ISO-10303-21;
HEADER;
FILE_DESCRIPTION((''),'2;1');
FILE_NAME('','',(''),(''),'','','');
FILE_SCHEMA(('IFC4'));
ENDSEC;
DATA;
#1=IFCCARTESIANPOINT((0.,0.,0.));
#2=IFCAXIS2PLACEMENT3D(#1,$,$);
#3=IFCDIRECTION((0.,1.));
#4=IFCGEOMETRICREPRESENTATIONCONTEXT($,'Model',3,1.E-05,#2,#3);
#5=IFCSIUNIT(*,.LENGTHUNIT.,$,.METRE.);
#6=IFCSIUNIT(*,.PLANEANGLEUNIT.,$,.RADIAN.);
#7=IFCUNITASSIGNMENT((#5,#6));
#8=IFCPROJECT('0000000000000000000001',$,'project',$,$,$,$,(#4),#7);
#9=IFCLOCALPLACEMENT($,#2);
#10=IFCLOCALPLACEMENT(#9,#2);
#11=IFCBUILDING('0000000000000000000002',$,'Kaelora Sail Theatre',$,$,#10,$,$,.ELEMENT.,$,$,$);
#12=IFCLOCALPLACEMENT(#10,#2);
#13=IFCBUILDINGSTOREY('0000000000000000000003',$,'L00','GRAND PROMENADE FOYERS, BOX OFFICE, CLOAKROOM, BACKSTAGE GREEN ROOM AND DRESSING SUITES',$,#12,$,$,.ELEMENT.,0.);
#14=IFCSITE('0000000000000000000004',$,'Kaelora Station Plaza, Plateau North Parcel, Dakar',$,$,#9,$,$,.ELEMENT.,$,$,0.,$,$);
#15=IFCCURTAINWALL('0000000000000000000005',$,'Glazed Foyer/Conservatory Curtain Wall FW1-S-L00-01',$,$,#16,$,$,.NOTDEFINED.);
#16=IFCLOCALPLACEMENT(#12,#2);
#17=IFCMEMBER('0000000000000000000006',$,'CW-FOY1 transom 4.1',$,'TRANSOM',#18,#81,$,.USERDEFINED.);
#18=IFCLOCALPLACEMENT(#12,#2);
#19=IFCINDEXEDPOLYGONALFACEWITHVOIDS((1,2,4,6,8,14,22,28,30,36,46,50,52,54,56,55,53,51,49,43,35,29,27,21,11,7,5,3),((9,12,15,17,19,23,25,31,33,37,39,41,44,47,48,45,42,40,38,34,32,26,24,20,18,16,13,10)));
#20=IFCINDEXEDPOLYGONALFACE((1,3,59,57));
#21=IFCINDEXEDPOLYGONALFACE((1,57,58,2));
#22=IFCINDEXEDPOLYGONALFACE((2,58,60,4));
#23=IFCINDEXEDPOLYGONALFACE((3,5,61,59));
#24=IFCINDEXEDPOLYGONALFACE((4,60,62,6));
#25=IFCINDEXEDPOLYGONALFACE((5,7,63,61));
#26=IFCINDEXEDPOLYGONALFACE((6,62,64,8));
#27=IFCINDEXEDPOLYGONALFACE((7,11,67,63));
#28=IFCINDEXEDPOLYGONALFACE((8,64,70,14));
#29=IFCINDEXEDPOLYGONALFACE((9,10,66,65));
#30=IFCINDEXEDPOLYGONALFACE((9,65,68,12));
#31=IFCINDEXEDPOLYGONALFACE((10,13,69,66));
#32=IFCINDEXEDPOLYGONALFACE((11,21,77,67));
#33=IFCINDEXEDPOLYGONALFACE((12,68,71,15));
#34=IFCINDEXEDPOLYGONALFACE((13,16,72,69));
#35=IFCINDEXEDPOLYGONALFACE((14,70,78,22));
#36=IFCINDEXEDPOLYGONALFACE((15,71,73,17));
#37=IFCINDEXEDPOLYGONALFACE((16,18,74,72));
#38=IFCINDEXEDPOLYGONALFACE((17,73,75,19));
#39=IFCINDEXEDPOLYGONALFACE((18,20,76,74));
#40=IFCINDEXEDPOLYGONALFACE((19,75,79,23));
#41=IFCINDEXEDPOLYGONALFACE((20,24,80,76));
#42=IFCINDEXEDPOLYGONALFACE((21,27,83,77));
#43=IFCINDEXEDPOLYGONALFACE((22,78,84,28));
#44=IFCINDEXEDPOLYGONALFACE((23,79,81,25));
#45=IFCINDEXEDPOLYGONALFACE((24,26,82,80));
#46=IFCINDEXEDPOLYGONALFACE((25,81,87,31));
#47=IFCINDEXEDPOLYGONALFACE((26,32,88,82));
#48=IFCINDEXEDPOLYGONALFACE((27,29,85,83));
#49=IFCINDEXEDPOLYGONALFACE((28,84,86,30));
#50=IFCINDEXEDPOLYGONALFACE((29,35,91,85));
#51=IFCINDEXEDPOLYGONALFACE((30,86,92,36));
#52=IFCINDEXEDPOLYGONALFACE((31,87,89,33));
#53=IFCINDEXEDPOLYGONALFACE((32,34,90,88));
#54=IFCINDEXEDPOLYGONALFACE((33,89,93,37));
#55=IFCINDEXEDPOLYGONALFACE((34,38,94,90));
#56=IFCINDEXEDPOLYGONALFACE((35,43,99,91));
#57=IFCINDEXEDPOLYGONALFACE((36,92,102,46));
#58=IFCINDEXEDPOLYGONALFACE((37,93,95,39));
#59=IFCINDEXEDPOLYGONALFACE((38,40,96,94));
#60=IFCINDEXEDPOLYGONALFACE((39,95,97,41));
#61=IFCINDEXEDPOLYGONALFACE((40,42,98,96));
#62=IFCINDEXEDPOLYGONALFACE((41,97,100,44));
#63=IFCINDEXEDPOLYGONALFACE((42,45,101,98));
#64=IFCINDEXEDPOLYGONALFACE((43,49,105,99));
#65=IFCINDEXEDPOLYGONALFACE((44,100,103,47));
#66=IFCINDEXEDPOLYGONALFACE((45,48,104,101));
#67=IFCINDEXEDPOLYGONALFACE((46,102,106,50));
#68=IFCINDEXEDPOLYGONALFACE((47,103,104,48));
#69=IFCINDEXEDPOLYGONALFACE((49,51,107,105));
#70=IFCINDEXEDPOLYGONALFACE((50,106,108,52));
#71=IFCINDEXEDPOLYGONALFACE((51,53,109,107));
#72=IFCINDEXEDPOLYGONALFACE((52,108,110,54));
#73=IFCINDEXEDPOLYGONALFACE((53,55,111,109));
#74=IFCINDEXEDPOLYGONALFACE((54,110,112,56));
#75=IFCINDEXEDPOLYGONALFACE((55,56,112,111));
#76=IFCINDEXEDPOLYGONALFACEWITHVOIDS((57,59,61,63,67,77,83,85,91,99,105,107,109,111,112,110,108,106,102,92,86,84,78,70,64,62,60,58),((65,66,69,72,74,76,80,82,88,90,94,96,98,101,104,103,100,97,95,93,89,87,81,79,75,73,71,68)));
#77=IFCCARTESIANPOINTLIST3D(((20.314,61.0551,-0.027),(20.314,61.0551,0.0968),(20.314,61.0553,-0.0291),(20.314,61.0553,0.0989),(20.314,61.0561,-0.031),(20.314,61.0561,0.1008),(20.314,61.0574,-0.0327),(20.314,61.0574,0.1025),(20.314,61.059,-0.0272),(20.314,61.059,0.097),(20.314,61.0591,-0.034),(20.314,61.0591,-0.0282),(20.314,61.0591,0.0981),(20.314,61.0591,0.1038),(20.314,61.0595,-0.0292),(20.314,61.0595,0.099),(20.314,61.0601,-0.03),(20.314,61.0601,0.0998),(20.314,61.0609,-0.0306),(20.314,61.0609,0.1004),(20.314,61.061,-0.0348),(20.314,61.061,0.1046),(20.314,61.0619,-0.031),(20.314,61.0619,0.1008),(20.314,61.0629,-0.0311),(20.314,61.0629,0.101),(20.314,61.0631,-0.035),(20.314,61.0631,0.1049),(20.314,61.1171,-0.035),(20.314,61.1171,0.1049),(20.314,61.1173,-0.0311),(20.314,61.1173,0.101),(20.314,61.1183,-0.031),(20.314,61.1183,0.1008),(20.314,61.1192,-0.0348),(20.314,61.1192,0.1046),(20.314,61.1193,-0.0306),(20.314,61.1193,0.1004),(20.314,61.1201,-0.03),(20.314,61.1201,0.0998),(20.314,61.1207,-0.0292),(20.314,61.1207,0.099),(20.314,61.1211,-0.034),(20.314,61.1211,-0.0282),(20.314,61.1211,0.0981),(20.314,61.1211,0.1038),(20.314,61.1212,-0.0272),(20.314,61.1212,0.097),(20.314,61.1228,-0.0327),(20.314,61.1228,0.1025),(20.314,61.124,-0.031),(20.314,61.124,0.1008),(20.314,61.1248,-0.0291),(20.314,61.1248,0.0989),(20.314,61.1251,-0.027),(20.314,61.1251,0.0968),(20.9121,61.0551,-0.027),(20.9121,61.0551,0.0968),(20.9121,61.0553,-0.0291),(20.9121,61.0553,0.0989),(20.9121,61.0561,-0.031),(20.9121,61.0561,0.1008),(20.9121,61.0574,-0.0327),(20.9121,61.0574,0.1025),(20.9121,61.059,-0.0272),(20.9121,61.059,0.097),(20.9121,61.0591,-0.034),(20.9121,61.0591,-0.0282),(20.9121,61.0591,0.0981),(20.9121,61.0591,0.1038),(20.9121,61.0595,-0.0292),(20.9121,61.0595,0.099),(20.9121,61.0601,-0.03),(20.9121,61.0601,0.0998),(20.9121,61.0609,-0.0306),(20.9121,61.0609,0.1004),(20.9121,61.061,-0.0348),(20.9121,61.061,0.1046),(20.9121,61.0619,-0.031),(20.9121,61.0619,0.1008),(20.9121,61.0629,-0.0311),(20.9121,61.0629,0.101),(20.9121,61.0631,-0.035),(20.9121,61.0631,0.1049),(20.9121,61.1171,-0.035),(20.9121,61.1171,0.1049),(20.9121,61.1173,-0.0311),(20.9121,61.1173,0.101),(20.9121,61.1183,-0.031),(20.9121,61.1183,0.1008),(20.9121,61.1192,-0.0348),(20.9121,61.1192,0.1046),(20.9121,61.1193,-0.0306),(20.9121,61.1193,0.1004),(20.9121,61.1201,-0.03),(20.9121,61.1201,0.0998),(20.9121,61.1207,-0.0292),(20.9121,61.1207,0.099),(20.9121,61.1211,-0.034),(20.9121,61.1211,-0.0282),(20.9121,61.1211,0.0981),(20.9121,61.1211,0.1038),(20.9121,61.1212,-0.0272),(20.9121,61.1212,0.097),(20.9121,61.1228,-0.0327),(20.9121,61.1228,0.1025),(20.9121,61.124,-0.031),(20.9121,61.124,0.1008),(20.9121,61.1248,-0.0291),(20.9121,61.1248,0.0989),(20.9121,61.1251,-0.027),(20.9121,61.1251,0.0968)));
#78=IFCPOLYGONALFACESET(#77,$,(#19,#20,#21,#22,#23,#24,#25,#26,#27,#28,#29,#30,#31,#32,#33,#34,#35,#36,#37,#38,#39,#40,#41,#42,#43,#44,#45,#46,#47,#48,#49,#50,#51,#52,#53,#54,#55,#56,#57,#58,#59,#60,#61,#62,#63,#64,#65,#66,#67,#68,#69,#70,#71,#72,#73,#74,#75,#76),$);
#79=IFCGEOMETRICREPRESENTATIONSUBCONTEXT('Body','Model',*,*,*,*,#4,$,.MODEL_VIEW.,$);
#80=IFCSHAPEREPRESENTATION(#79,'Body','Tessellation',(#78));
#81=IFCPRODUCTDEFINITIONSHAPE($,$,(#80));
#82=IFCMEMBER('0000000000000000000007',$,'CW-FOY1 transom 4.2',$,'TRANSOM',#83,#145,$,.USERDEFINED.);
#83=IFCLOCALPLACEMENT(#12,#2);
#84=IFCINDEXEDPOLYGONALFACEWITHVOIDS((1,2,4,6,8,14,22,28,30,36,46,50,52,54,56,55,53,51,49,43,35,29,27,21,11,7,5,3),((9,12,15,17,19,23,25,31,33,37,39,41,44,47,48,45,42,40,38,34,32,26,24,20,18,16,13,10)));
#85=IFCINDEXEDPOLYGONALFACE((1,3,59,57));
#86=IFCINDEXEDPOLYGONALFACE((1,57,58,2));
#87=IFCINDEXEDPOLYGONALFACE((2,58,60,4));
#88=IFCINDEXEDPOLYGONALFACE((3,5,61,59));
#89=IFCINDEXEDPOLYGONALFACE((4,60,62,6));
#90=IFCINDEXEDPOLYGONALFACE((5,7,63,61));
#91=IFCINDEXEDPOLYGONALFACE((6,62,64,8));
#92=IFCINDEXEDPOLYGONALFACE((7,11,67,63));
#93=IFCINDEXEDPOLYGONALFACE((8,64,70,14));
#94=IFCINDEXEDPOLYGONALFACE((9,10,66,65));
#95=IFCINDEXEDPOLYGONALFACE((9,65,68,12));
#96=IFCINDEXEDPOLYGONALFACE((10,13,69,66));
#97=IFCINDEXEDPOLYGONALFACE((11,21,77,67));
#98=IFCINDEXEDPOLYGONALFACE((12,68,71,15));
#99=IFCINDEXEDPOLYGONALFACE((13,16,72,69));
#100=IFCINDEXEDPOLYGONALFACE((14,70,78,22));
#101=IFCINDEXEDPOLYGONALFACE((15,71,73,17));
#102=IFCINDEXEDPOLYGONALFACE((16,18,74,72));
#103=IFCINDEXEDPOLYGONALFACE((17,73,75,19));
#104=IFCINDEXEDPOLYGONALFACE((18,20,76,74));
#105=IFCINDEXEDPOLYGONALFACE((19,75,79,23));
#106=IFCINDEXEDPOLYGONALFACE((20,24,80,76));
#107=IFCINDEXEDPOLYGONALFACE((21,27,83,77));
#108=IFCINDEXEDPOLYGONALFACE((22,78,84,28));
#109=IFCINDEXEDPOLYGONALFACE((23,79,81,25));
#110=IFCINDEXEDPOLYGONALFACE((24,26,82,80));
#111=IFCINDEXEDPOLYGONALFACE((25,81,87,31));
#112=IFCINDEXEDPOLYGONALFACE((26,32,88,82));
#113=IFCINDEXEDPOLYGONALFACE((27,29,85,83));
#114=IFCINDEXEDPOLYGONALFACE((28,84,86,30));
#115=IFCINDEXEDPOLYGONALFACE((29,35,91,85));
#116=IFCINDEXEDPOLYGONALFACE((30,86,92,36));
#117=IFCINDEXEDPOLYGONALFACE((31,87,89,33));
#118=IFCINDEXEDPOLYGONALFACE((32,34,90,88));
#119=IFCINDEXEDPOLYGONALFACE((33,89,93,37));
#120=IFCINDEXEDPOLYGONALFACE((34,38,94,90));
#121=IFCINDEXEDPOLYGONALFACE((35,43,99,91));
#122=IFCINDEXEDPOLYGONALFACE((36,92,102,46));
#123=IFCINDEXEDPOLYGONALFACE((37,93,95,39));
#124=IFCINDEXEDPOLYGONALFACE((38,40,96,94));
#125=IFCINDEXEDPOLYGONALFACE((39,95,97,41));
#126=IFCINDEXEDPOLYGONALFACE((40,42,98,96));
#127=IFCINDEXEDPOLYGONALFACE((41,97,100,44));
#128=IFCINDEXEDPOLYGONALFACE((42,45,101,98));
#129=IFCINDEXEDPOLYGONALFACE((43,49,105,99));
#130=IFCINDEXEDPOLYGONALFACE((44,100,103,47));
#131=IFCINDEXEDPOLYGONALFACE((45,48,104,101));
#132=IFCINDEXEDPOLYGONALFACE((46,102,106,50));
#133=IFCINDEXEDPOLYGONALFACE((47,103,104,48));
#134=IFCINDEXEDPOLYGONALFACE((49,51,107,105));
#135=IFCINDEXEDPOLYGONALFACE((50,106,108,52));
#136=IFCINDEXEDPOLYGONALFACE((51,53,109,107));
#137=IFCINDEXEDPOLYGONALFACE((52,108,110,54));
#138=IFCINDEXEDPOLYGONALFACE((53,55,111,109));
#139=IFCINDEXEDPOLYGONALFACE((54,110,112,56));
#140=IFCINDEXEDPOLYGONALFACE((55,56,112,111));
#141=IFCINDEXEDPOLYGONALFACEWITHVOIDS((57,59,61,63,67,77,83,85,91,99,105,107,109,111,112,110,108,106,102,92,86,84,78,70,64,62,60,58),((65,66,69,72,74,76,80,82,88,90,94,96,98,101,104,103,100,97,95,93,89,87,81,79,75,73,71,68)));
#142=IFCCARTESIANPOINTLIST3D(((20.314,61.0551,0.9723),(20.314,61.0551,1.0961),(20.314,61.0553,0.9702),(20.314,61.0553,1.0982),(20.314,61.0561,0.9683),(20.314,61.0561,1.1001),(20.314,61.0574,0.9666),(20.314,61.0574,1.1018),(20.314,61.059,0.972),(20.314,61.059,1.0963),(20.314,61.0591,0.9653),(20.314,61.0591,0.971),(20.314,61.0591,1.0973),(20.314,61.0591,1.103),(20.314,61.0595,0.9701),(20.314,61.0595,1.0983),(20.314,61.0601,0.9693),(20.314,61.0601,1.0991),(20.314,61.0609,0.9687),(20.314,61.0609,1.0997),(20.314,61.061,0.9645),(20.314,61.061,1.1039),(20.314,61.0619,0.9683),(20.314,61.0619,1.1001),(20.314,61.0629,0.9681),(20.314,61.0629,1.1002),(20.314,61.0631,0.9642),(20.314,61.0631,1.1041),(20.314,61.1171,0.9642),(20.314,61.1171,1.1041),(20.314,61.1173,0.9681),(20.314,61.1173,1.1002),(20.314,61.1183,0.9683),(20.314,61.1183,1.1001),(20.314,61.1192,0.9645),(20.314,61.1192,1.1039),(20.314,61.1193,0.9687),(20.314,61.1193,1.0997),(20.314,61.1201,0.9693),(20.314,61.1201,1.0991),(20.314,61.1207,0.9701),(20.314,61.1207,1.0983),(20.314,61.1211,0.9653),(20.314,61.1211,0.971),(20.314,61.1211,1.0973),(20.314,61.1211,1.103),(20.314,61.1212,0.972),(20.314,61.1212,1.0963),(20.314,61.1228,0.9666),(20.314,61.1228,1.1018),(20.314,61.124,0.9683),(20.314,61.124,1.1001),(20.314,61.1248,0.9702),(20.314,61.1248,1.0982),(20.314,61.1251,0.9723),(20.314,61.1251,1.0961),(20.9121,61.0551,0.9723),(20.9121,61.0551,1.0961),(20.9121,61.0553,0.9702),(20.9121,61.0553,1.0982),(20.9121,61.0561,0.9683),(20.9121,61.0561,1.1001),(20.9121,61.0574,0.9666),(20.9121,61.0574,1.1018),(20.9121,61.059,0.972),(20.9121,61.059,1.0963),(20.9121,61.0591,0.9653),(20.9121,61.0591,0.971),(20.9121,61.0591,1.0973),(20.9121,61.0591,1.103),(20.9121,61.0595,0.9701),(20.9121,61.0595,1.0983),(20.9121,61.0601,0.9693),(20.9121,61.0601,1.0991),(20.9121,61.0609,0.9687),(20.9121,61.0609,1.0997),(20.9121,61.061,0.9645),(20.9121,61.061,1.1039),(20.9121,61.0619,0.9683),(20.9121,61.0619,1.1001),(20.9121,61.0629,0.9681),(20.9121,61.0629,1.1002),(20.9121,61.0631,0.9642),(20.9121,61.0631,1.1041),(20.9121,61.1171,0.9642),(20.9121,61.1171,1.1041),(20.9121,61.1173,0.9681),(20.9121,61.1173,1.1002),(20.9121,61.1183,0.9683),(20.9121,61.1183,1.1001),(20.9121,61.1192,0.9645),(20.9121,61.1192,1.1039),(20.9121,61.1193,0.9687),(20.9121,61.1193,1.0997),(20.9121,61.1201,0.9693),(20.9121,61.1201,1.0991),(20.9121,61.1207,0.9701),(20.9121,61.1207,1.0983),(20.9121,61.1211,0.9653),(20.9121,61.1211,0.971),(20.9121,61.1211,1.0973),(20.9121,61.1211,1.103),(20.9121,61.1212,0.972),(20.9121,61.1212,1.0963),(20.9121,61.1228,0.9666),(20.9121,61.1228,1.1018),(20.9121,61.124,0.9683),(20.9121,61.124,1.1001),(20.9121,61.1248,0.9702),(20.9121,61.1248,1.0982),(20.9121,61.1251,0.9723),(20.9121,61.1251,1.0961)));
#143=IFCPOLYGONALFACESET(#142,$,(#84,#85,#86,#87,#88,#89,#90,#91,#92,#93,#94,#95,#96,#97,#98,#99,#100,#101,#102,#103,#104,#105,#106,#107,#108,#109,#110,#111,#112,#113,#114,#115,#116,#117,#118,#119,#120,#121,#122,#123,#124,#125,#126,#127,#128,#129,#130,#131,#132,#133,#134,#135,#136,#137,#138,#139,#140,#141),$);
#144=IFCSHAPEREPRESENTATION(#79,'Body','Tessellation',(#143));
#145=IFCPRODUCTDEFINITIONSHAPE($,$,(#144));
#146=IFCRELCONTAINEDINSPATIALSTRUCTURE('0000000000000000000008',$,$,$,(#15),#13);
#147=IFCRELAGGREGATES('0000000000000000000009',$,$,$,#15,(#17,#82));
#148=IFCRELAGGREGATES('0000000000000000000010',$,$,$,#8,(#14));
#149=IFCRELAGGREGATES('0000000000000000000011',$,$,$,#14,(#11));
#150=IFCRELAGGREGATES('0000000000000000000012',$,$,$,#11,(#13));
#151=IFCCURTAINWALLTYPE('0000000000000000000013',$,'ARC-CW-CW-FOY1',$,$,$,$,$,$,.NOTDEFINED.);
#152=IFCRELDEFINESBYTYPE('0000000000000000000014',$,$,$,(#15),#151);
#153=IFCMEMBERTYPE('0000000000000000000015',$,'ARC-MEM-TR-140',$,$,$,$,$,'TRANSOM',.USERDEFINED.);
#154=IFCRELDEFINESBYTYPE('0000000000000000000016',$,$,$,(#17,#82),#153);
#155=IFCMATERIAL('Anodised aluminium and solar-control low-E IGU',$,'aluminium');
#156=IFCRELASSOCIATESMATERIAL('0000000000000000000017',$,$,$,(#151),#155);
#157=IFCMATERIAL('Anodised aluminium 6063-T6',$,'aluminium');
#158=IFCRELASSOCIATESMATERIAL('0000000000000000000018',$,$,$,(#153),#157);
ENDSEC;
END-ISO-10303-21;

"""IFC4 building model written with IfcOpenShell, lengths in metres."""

from ifc_helpers import new_model, si_unit, direction, frame, origin, origin_2d, place, context, subcontext, project, spatial, hollow_rectangle, extrude, material, material_profile, profile_set, type_object, element, aggregate, save


model = new_model("IFC4")

# Units and contexts
model_context = context("Model", 3, precision=1e-05, world=origin(), true_north=direction((0.0, 1.0)))
body_context = subcontext(model_context, "Body", "Model", "MODEL_VIEW")
ifc_project = project(units=[si_unit("LENGTHUNIT", "METRE"), si_unit("PLANEANGLEUNIT", "RADIAN")], contexts=[model_context])

# Site, building, storey
site_placement = place(None, origin())
site = spatial("IfcSite", under=ifc_project, at=site_placement, Name="Kaelora Station Plaza, Plateau North Parcel, Dakar", CompositionType="ELEMENT", RefElevation=0.0)
building_placement = place(site_placement, origin())
building = spatial("IfcBuilding", under=site, at=building_placement, Name="Kaelora Sail Theatre", CompositionType="ELEMENT")
storey_placement = place(building_placement, origin())
storey = spatial("IfcBuildingStorey", under=building, at=storey_placement, Name="L00", Description="GRAND PROMENADE FOYERS, BOX OFFICE, CLOAKROOM, BACKSTAGE GREEN ROOM AND DRESSING SUITES", CompositionType="ELEMENT", Elevation=0.0)

# Curtain wall, members
ifc_material_1 = material(Name="Anodised aluminium and solar-control low-E IGU", Category="aluminium")
curtain_wall_type = type_object("IfcCurtainWallType", Name="ARC-CW-CW-FOY1", PredefinedType="NOTDEFINED", material=ifc_material_1)
curtain_wall_placement = place(storey_placement, origin())
curtain_wall = element("IfcCurtainWall", 1, at=curtain_wall_placement, inside=storey, type_object=curtain_wall_type, Name="Glazed Foyer/Conservatory Curtain Wall FW1-S-L00-01", PredefinedType="NOTDEFINED")
ifc_material_2 = material(Name="Anodised aluminium 6063-T6", Category="aluminium")
ifc_material_profile_1 = material_profile(ifc_material_2, hollow_rectangle(XDim=0.0701, YDim=0.1399, WallThickness=0.0039, InnerFilletRadius=0.0039, OuterFilletRadius=0.0081, at=origin_2d()), Name="ALU-TRAN 70x140x4")
ifc_profile_set_1 = profile_set([ifc_material_profile_1], Name="Anodised aluminium 6063-T6")
member_type_1 = type_object("IfcMemberType", Name="ARC-MEM-TR-140", ElementType="TRANSOM", PredefinedType="USERDEFINED", material=ifc_profile_set_1)
member_1_placement = place(storey_placement, frame((20.314, 61.0901, 0.0349), z_axis=(1.0, 0.0, 0.0), x_axis=(0.0, 1.0, 0.0)))
member_1 = element("IfcMember", 2, at=member_1_placement, type_object=member_type_1, Name="CW-FOY1 transom 4.1", ObjectType="TRANSOM", PredefinedType="USERDEFINED", context=body_context, shape_type="SweptSolid", body=[
    extrude(hollow_rectangle(XDim=0.0701, YDim=0.1399, WallThickness=0.0039, InnerFilletRadius=0.0039, OuterFilletRadius=0.0081, at=origin_2d()), origin(), (0.0, 0.0, 1.0), 0.5981),
])
member_2_placement = place(storey_placement, frame((20.314, 61.0901, 1.0342), z_axis=(1.0, 0.0, 0.0), x_axis=(0.0, 1.0, 0.0)))
member_2 = element("IfcMember", 3, at=member_2_placement, type_object=member_type_1, Name="CW-FOY1 transom 4.2", ObjectType="TRANSOM", PredefinedType="USERDEFINED", context=body_context, shape_type="SweptSolid", body=[
    extrude(hollow_rectangle(XDim=0.0701, YDim=0.1399, WallThickness=0.0039, InnerFilletRadius=0.0039, OuterFilletRadius=0.0081, at=origin_2d()), origin(), (0.0, 0.0, 1.0), 0.5981),
])

aggregate(curtain_wall, [member_1, member_2])

save(model, "model.ifc")
